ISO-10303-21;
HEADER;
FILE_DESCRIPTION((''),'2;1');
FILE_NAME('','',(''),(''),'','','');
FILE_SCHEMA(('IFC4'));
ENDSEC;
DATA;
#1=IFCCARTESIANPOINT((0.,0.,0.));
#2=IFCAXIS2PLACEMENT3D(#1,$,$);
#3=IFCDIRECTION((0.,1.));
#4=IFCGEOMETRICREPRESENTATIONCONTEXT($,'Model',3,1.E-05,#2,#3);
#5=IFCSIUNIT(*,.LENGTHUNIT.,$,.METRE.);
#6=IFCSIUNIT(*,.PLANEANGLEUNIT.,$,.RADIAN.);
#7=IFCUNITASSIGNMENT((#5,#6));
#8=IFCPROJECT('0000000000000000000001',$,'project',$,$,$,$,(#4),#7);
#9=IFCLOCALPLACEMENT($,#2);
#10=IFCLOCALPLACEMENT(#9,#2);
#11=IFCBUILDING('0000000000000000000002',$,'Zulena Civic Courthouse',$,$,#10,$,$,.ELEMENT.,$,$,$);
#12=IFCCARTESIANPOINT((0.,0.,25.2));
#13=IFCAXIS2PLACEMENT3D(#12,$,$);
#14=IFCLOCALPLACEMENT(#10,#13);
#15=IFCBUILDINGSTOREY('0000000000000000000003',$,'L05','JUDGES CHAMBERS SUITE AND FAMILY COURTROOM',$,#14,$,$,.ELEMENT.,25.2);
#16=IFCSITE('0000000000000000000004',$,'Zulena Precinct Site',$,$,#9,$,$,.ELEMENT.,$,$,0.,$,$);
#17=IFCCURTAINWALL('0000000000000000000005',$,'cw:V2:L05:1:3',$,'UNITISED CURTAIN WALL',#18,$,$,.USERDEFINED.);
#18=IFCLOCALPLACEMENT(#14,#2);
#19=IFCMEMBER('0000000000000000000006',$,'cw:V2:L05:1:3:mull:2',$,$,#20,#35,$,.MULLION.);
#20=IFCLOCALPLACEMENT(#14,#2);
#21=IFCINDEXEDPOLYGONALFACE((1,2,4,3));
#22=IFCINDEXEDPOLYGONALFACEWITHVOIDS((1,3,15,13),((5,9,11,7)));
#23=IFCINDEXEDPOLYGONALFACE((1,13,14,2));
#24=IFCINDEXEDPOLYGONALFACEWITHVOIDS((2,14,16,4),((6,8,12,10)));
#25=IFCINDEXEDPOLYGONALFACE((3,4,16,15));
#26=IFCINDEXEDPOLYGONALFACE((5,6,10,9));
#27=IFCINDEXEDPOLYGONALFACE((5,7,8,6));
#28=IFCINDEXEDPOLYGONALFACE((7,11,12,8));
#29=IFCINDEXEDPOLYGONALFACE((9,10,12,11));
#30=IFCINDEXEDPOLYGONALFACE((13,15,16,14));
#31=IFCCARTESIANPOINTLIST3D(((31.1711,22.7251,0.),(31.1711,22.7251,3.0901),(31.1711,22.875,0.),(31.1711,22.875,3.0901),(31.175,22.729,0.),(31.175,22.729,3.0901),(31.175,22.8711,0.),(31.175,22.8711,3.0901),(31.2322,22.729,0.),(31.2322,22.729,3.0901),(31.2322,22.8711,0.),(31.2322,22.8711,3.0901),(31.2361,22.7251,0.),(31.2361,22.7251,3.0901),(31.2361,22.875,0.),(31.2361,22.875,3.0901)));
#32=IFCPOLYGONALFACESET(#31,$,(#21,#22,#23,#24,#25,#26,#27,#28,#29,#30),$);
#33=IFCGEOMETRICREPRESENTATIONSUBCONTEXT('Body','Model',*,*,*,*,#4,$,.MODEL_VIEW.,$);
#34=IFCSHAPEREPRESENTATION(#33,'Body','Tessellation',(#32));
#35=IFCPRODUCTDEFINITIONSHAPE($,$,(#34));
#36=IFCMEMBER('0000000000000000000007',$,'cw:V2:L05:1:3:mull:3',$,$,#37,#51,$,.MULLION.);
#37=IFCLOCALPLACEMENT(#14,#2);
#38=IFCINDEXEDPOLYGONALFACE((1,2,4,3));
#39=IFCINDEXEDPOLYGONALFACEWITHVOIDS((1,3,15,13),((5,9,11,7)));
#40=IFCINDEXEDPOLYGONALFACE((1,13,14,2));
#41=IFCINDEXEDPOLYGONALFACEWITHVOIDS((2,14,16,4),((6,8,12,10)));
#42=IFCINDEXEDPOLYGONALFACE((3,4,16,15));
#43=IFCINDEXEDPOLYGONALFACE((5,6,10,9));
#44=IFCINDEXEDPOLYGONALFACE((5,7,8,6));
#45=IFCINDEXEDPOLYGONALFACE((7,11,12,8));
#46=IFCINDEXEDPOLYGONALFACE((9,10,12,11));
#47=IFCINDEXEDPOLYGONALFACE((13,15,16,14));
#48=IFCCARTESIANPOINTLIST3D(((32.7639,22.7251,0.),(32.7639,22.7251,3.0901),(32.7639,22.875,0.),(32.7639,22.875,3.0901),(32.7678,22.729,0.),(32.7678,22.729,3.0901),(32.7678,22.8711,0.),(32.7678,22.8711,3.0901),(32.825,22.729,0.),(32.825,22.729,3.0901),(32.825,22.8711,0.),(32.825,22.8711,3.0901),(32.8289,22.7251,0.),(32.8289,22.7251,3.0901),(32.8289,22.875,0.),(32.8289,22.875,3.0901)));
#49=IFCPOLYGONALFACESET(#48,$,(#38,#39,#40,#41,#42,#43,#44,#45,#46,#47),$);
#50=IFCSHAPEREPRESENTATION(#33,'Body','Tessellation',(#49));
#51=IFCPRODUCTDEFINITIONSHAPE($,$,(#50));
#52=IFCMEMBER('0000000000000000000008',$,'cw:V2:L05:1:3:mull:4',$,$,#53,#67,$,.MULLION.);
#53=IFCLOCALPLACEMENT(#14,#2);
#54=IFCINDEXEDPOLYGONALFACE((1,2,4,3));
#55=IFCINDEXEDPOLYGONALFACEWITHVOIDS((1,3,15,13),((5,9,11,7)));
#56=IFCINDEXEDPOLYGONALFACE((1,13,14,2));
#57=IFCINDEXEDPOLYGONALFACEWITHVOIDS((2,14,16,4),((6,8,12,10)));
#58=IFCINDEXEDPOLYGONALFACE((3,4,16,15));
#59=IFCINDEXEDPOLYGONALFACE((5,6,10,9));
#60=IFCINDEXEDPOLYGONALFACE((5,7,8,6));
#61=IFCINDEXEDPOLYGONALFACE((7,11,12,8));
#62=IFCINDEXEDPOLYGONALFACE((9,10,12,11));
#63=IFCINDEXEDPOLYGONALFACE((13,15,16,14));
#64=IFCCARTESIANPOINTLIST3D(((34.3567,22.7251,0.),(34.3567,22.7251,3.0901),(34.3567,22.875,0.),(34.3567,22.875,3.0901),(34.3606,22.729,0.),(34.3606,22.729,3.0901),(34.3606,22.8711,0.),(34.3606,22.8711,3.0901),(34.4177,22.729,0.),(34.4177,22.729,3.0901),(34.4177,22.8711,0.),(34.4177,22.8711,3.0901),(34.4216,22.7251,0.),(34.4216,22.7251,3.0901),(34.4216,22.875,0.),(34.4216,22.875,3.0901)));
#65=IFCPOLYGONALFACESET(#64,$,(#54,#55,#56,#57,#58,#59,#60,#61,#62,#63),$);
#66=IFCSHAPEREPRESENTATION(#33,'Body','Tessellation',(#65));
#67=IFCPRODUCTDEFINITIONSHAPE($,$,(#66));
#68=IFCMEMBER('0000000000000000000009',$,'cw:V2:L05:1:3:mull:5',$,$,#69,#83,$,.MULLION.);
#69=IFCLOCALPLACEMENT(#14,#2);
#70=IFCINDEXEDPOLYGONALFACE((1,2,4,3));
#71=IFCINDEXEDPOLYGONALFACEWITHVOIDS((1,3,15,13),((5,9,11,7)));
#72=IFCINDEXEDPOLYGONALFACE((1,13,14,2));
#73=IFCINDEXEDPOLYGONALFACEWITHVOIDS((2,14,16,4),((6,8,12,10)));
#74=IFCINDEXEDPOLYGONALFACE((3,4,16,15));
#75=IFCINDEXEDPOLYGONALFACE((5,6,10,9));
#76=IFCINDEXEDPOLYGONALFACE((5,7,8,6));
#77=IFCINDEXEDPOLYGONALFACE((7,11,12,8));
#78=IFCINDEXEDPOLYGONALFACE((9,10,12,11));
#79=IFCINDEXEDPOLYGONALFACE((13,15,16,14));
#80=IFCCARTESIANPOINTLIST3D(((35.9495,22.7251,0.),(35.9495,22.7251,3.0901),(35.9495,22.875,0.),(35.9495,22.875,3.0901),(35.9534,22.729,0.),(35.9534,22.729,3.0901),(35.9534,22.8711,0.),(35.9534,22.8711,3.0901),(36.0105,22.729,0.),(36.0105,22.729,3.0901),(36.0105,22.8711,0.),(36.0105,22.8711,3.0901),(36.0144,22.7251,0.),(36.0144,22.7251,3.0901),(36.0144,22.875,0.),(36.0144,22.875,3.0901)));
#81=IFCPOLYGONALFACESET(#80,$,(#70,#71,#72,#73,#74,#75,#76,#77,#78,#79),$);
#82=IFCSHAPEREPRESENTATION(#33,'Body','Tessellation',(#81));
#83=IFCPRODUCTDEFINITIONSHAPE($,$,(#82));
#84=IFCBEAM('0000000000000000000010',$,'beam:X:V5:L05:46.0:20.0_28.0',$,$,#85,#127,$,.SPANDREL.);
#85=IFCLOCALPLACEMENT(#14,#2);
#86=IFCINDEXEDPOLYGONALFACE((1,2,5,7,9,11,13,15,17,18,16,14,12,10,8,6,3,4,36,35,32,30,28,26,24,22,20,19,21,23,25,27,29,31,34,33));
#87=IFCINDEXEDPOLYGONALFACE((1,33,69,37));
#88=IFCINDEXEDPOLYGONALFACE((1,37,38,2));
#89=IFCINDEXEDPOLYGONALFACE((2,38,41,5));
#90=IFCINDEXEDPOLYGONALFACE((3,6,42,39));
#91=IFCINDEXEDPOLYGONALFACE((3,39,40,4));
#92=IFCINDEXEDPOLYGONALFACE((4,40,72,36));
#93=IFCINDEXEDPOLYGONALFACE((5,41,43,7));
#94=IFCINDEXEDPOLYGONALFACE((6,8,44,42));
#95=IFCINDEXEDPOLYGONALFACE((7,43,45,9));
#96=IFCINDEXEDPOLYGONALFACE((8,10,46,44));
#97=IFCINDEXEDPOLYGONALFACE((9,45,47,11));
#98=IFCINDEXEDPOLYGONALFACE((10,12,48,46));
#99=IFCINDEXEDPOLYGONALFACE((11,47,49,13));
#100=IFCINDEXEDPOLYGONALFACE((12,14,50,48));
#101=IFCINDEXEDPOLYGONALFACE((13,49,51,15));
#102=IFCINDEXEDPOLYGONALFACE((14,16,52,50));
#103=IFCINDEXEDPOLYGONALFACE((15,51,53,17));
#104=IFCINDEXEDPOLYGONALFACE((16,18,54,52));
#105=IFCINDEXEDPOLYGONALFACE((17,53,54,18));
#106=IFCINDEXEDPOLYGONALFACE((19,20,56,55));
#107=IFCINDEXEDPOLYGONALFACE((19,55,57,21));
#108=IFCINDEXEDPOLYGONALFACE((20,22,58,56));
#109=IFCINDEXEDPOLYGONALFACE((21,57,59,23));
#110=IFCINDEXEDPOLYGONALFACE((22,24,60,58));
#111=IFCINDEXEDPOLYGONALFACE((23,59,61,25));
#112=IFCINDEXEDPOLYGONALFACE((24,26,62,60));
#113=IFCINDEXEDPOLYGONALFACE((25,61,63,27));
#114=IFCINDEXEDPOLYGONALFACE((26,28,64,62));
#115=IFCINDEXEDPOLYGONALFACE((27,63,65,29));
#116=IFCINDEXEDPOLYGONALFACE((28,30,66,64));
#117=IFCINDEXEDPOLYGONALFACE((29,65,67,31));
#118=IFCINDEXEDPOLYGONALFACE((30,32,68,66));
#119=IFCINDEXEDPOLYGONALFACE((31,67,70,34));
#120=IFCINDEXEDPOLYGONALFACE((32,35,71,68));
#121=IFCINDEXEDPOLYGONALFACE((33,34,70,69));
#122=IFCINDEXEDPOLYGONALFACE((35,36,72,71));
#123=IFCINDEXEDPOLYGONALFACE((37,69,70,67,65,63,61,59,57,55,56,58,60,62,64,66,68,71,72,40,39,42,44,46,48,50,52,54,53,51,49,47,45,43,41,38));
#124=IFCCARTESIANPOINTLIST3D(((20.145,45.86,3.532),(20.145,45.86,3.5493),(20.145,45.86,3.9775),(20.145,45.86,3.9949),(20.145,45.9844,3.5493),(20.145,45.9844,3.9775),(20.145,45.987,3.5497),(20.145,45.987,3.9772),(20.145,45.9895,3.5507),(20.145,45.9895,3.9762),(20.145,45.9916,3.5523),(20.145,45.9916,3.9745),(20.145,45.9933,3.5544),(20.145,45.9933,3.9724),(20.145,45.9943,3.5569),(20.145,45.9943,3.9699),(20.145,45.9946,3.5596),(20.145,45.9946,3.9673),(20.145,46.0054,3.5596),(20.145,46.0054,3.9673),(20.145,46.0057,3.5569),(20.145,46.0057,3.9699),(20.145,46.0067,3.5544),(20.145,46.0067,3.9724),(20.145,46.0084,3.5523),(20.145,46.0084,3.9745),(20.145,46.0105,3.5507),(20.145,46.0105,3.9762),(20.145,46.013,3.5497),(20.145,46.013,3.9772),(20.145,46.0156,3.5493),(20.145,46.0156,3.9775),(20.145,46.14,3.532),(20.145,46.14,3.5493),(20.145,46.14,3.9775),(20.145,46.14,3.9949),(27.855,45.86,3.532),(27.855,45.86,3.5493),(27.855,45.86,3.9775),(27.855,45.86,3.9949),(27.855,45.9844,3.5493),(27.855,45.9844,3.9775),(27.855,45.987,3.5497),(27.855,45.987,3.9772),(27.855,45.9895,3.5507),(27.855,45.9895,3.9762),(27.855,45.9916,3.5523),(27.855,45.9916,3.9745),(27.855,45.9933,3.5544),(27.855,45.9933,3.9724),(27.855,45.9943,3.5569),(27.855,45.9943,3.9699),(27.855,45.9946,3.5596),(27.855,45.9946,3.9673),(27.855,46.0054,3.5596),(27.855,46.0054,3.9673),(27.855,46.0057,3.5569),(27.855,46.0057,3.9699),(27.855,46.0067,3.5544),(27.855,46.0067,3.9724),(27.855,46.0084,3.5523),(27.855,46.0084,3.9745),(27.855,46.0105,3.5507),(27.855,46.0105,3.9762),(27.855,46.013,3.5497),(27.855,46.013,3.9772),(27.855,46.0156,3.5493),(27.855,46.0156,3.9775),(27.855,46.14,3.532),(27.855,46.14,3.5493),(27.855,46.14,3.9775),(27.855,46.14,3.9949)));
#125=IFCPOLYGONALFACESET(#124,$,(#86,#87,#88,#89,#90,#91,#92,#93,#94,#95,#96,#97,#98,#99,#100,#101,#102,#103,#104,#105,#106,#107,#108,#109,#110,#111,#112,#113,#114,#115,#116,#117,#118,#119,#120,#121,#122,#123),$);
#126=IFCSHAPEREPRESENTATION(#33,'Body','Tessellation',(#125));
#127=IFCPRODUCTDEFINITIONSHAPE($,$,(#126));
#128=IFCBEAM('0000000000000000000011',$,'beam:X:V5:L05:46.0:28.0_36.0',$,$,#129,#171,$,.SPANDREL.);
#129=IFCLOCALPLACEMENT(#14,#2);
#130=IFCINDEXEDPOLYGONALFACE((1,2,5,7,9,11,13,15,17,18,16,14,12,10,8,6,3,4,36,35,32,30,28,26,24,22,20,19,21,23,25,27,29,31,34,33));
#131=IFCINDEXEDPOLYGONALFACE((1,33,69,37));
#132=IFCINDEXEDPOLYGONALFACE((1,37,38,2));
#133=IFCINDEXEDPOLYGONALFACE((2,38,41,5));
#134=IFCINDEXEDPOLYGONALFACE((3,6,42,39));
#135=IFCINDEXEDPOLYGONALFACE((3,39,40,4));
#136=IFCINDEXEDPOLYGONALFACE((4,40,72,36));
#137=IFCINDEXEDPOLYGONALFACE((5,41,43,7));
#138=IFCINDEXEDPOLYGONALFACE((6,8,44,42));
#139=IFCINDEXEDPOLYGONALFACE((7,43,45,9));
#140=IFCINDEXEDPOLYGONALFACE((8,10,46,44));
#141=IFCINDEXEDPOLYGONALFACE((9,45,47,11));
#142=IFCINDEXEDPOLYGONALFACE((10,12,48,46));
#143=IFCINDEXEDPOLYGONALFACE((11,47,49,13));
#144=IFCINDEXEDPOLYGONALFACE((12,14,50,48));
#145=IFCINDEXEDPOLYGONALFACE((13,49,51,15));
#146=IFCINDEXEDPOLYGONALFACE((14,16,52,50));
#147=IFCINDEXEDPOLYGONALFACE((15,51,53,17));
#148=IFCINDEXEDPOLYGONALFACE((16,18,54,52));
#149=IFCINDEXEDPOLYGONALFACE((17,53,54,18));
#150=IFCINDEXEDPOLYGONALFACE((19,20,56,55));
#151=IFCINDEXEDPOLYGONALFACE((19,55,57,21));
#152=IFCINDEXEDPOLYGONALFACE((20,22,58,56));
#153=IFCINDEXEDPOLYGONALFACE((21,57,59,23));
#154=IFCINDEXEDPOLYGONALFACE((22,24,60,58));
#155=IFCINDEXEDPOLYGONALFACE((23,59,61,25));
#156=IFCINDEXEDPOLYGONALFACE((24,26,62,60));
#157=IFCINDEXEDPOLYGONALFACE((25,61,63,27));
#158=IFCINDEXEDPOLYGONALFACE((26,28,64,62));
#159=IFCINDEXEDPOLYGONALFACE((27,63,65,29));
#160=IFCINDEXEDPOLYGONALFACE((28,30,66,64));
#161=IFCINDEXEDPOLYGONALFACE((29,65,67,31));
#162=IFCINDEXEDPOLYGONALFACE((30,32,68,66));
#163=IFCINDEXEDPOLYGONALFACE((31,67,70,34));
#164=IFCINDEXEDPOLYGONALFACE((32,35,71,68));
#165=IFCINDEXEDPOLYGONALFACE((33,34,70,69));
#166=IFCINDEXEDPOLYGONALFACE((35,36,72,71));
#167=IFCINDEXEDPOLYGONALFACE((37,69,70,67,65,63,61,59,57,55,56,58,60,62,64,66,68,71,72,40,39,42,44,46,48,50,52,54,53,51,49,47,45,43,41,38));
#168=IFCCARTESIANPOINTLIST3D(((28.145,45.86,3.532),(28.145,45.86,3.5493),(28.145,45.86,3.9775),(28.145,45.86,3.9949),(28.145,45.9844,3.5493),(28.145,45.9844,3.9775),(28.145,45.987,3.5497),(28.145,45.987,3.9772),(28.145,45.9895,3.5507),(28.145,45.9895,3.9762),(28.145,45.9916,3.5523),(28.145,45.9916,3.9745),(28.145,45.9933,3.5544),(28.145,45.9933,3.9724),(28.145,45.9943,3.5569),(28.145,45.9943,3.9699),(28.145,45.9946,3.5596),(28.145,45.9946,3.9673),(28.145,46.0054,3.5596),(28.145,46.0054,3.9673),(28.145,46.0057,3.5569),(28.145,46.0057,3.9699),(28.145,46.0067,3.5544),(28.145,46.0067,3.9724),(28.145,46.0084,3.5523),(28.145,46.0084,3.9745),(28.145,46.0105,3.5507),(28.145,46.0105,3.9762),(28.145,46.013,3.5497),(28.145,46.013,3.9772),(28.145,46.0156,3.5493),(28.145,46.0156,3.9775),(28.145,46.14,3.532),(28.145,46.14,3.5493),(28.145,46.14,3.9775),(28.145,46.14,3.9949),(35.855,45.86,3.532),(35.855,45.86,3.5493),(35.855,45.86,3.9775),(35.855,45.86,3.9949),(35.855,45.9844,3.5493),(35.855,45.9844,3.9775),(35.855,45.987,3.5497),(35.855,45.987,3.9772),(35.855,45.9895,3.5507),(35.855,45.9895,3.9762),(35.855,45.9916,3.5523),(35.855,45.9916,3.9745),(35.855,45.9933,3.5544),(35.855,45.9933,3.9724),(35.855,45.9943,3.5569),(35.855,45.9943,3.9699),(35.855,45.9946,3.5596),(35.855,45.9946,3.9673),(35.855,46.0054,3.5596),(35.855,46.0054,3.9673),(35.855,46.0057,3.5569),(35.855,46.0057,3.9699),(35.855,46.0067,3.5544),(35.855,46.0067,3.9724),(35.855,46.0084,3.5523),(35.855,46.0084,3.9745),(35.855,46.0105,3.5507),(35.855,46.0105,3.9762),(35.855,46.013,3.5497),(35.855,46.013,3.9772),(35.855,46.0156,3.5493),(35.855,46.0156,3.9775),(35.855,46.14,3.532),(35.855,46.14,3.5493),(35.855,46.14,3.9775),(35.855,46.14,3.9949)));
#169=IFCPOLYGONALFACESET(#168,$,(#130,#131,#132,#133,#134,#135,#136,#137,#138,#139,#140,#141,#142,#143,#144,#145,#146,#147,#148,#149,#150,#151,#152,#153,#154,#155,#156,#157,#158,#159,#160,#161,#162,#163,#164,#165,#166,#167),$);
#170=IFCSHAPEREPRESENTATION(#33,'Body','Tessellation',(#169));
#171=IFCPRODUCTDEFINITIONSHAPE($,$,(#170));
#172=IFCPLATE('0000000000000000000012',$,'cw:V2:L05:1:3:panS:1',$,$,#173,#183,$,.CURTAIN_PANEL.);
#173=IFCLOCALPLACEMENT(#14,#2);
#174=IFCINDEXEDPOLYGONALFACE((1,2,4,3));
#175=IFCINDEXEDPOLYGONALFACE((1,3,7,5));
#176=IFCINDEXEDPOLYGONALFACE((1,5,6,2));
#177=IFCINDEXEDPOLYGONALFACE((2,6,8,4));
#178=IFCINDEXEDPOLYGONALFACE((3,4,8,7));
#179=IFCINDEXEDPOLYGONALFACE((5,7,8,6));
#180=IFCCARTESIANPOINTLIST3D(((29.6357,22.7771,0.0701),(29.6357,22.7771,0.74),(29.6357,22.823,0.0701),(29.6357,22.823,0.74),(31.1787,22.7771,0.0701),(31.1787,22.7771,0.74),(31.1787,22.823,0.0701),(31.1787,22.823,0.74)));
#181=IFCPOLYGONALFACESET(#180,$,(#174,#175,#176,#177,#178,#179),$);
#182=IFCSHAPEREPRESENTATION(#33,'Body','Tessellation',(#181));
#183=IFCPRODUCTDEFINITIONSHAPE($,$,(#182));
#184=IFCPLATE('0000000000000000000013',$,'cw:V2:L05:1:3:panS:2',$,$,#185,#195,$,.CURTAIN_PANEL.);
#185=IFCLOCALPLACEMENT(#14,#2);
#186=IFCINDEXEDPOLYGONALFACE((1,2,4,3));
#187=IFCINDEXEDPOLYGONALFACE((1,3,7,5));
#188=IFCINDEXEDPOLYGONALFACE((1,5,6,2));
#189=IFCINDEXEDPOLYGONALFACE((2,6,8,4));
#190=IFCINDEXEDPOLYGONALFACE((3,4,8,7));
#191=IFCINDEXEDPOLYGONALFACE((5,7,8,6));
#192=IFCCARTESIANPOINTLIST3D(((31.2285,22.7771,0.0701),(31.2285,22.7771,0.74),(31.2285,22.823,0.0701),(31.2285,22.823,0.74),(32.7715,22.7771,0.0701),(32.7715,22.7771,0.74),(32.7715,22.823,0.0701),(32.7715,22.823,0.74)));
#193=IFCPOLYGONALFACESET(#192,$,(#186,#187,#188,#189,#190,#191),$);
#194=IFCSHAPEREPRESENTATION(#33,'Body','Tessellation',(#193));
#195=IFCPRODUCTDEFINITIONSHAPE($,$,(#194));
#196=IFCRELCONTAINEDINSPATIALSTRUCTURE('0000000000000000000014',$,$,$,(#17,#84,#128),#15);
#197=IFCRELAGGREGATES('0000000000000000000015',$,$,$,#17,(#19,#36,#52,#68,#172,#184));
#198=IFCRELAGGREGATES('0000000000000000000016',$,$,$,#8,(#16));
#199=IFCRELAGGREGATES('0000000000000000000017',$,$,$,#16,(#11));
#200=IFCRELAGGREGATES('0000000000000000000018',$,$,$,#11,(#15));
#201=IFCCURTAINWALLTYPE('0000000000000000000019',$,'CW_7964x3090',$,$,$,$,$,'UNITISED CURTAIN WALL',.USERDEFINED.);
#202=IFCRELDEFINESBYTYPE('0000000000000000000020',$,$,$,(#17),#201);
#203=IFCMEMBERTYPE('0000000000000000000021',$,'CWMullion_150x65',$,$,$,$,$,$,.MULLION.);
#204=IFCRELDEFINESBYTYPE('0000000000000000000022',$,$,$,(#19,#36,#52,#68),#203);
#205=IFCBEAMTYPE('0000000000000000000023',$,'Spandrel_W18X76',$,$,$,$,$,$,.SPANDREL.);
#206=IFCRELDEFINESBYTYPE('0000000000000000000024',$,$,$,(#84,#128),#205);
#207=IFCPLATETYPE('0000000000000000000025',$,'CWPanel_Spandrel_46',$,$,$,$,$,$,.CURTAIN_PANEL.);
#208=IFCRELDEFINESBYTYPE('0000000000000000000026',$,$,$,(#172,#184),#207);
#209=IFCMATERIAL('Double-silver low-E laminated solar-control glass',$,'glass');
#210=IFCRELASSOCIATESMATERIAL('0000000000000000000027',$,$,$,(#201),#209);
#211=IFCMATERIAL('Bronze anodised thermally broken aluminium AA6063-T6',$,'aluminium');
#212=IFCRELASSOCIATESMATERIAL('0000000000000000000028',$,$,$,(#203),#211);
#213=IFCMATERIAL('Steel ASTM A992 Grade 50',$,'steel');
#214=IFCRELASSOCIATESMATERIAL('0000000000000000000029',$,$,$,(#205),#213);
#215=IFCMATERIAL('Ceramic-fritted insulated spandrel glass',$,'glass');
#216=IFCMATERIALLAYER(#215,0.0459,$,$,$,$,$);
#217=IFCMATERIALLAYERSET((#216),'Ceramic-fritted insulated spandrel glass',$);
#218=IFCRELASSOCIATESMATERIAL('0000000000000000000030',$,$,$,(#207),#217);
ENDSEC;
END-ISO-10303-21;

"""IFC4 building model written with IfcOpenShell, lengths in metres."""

from ifc_helpers import new_model, si_unit, direction, frame, origin, origin_2d, place, context, subcontext, project, spatial, rectangle, hollow_rectangle, i_section, extrude, material, layer, layer_set, material_profile, profile_set, type_object, element, aggregate, save


model = new_model("IFC4")

# Units and contexts
model_context = context("Model", 3, precision=1e-05, world=origin(), true_north=direction((0.0, 1.0)))
body_context = subcontext(model_context, "Body", "Model", "MODEL_VIEW")
ifc_project = project(units=[si_unit("LENGTHUNIT", "METRE"), si_unit("PLANEANGLEUNIT", "RADIAN")], contexts=[model_context])

# Site, building, storey
site_placement = place(None, origin())
site = spatial("IfcSite", under=ifc_project, at=site_placement, Name="Zulena Precinct Site", CompositionType="ELEMENT", RefElevation=0.0)
building_placement = place(site_placement, origin())
building = spatial("IfcBuilding", under=site, at=building_placement, Name="Zulena Civic Courthouse", CompositionType="ELEMENT")
storey_placement = place(building_placement, frame((0.0, 0.0, 25.2)))
storey = spatial("IfcBuildingStorey", under=building, at=storey_placement, Name="L05", Description="JUDGES CHAMBERS SUITE AND FAMILY COURTROOM", CompositionType="ELEMENT", Elevation=25.2)

# Shared definitions
ifc_material_1 = material(Name="Steel ASTM A992 Grade 50", Category="steel")

# Curtain wall, members
ifc_material_2 = material(Name="Double-silver low-E laminated solar-control glass", Category="glass")
curtain_wall_type = type_object("IfcCurtainWallType", Name="CW_7964x3090", ElementType="UNITISED CURTAIN WALL", PredefinedType="USERDEFINED", material=ifc_material_2)
curtain_wall_placement = place(storey_placement, origin())
curtain_wall = element("IfcCurtainWall", 1, at=curtain_wall_placement, inside=storey, type_object=curtain_wall_type, Name="cw:V2:L05:1:3", ObjectType="UNITISED CURTAIN WALL", PredefinedType="USERDEFINED")
ifc_material_3 = material(Name="Bronze anodised thermally broken aluminium AA6063-T6", Category="aluminium")
ifc_material_profile_1 = material_profile(ifc_material_3, hollow_rectangle(XDim=0.0649, YDim=0.1499, WallThickness=0.0039, at=origin_2d()), Name="CWM150X65X4")
ifc_profile_set_1 = profile_set([ifc_material_profile_1], Name="Bronze anodised thermally broken aluminium AA6063-T6")
member_type = type_object("IfcMemberType", Name="CWMullion_150x65", PredefinedType="MULLION", material=ifc_profile_set_1)
member_1_placement = place(storey_placement, frame((31.2036, 22.8, 0.0), z_axis=(0.0, 0.0, 1.0), x_axis=(1.0, 0.0, 0.0)))
member_1 = element("IfcMember", 2, at=member_1_placement, type_object=member_type, Name="cw:V2:L05:1:3:mull:2", PredefinedType="MULLION", context=body_context, shape_type="SweptSolid", body=[
    extrude(hollow_rectangle(XDim=0.0649, YDim=0.1499, WallThickness=0.0039, at=origin_2d()), origin(), (0.0, 0.0, 1.0), 3.0901),
])
member_2_placement = place(storey_placement, frame((32.7964, 22.8, 0.0), z_axis=(0.0, 0.0, 1.0), x_axis=(1.0, 0.0, 0.0)))
member_2 = element("IfcMember", 3, at=member_2_placement, type_object=member_type, Name="cw:V2:L05:1:3:mull:3", PredefinedType="MULLION", context=body_context, shape_type="SweptSolid", body=[
    extrude(hollow_rectangle(XDim=0.0649, YDim=0.1499, WallThickness=0.0039, at=origin_2d()), origin(), (0.0, 0.0, 1.0), 3.0901),
])
member_3_placement = place(storey_placement, frame((34.3892, 22.8, 0.0), z_axis=(0.0, 0.0, 1.0), x_axis=(1.0, 0.0, 0.0)))
member_3 = element("IfcMember", 4, at=member_3_placement, type_object=member_type, Name="cw:V2:L05:1:3:mull:4", PredefinedType="MULLION", context=body_context, shape_type="SweptSolid", body=[
    extrude(hollow_rectangle(XDim=0.0649, YDim=0.1499, WallThickness=0.0039, at=origin_2d()), origin(), (0.0, 0.0, 1.0), 3.0901),
])
member_4_placement = place(storey_placement, frame((35.9819, 22.8, 0.0), z_axis=(0.0, 0.0, 1.0), x_axis=(1.0, 0.0, 0.0)))
member_4 = element("IfcMember", 5, at=member_4_placement, type_object=member_type, Name="cw:V2:L05:1:3:mull:5", PredefinedType="MULLION", context=body_context, shape_type="SweptSolid", body=[
    extrude(hollow_rectangle(XDim=0.0649, YDim=0.1499, WallThickness=0.0039, at=origin_2d()), origin(), (0.0, 0.0, 1.0), 3.0901),
])

# Beams
ifc_material_profile_2 = material_profile(ifc_material_1, i_section(OverallWidth=0.28, OverallDepth=0.4629, WebThickness=0.0107, FlangeThickness=0.0173, FilletRadius=0.0103, at=origin_2d()), Name="W18X76")
ifc_profile_set_2 = profile_set([ifc_material_profile_2], Name="Steel ASTM A992 Grade 50")
beam_type = type_object("IfcBeamType", Name="Spandrel_W18X76", PredefinedType="SPANDREL", material=ifc_profile_set_2)
for number, where, z_axis, x_axis, name in (
    (6, (20.145, 46.0, 3.7634), (1.0, 0.0, 0.0), (0.0, 1.0, 0.0), "beam:X:V5:L05:46.0:20.0_28.0"),
    (7, (28.145, 46.0, 3.7634), (1.0, 0.0, 0.0), (0.0, 1.0, 0.0), "beam:X:V5:L05:46.0:28.0_36.0"),
):
    element("IfcBeam", number, at=place(storey_placement, frame(where, z_axis=z_axis, x_axis=x_axis)), inside=storey, type_object=beam_type, Name=name, PredefinedType="SPANDREL", context=body_context, shape_type="SweptSolid", body=[
        extrude(i_section(OverallWidth=0.28, OverallDepth=0.4629, WebThickness=0.0107, FlangeThickness=0.0173, FilletRadius=0.0103, at=origin_2d()), origin(), (0.0, 0.0, 1.0), 7.71),
    ])

# Plates
ifc_material_4 = material(Name="Ceramic-fritted insulated spandrel glass", Category="glass")
ifc_layer_1 = layer(ifc_material_4, 0.0459)
ifc_layer_set_1 = layer_set([ifc_layer_1], Name="Ceramic-fritted insulated spandrel glass")
plate_type_1 = type_object("IfcPlateType", Name="CWPanel_Spandrel_46", PredefinedType="CURTAIN_PANEL", material=ifc_layer_set_1)
plate_1_placement = place(storey_placement, frame((30.4072, 22.8, 0.0701), z_axis=(0.0, 0.0, 1.0), x_axis=(1.0, 0.0, 0.0)))
plate_1 = element("IfcPlate", 8, at=plate_1_placement, type_object=plate_type_1, Name="cw:V2:L05:1:3:panS:1", PredefinedType="CURTAIN_PANEL", context=body_context, shape_type="SweptSolid", body=[
    extrude(rectangle(XDim=1.543, YDim=0.0459, at=origin_2d()), origin(), (0.0, 0.0, 1.0), 0.6699),
])
plate_2_placement = place(storey_placement, frame((32.0, 22.8, 0.0701), z_axis=(0.0, 0.0, 1.0), x_axis=(1.0, 0.0, 0.0)))
plate_2 = element("IfcPlate", 9, at=plate_2_placement, type_object=plate_type_1, Name="cw:V2:L05:1:3:panS:2", PredefinedType="CURTAIN_PANEL", context=body_context, shape_type="SweptSolid", body=[
    extrude(rectangle(XDim=1.543, YDim=0.0459, at=origin_2d()), origin(), (0.0, 0.0, 1.0), 0.6699),
])
aggregate(curtain_wall, [member_1, member_2, member_3, member_4, plate_1, plate_2])

save(model, "model.ifc")
